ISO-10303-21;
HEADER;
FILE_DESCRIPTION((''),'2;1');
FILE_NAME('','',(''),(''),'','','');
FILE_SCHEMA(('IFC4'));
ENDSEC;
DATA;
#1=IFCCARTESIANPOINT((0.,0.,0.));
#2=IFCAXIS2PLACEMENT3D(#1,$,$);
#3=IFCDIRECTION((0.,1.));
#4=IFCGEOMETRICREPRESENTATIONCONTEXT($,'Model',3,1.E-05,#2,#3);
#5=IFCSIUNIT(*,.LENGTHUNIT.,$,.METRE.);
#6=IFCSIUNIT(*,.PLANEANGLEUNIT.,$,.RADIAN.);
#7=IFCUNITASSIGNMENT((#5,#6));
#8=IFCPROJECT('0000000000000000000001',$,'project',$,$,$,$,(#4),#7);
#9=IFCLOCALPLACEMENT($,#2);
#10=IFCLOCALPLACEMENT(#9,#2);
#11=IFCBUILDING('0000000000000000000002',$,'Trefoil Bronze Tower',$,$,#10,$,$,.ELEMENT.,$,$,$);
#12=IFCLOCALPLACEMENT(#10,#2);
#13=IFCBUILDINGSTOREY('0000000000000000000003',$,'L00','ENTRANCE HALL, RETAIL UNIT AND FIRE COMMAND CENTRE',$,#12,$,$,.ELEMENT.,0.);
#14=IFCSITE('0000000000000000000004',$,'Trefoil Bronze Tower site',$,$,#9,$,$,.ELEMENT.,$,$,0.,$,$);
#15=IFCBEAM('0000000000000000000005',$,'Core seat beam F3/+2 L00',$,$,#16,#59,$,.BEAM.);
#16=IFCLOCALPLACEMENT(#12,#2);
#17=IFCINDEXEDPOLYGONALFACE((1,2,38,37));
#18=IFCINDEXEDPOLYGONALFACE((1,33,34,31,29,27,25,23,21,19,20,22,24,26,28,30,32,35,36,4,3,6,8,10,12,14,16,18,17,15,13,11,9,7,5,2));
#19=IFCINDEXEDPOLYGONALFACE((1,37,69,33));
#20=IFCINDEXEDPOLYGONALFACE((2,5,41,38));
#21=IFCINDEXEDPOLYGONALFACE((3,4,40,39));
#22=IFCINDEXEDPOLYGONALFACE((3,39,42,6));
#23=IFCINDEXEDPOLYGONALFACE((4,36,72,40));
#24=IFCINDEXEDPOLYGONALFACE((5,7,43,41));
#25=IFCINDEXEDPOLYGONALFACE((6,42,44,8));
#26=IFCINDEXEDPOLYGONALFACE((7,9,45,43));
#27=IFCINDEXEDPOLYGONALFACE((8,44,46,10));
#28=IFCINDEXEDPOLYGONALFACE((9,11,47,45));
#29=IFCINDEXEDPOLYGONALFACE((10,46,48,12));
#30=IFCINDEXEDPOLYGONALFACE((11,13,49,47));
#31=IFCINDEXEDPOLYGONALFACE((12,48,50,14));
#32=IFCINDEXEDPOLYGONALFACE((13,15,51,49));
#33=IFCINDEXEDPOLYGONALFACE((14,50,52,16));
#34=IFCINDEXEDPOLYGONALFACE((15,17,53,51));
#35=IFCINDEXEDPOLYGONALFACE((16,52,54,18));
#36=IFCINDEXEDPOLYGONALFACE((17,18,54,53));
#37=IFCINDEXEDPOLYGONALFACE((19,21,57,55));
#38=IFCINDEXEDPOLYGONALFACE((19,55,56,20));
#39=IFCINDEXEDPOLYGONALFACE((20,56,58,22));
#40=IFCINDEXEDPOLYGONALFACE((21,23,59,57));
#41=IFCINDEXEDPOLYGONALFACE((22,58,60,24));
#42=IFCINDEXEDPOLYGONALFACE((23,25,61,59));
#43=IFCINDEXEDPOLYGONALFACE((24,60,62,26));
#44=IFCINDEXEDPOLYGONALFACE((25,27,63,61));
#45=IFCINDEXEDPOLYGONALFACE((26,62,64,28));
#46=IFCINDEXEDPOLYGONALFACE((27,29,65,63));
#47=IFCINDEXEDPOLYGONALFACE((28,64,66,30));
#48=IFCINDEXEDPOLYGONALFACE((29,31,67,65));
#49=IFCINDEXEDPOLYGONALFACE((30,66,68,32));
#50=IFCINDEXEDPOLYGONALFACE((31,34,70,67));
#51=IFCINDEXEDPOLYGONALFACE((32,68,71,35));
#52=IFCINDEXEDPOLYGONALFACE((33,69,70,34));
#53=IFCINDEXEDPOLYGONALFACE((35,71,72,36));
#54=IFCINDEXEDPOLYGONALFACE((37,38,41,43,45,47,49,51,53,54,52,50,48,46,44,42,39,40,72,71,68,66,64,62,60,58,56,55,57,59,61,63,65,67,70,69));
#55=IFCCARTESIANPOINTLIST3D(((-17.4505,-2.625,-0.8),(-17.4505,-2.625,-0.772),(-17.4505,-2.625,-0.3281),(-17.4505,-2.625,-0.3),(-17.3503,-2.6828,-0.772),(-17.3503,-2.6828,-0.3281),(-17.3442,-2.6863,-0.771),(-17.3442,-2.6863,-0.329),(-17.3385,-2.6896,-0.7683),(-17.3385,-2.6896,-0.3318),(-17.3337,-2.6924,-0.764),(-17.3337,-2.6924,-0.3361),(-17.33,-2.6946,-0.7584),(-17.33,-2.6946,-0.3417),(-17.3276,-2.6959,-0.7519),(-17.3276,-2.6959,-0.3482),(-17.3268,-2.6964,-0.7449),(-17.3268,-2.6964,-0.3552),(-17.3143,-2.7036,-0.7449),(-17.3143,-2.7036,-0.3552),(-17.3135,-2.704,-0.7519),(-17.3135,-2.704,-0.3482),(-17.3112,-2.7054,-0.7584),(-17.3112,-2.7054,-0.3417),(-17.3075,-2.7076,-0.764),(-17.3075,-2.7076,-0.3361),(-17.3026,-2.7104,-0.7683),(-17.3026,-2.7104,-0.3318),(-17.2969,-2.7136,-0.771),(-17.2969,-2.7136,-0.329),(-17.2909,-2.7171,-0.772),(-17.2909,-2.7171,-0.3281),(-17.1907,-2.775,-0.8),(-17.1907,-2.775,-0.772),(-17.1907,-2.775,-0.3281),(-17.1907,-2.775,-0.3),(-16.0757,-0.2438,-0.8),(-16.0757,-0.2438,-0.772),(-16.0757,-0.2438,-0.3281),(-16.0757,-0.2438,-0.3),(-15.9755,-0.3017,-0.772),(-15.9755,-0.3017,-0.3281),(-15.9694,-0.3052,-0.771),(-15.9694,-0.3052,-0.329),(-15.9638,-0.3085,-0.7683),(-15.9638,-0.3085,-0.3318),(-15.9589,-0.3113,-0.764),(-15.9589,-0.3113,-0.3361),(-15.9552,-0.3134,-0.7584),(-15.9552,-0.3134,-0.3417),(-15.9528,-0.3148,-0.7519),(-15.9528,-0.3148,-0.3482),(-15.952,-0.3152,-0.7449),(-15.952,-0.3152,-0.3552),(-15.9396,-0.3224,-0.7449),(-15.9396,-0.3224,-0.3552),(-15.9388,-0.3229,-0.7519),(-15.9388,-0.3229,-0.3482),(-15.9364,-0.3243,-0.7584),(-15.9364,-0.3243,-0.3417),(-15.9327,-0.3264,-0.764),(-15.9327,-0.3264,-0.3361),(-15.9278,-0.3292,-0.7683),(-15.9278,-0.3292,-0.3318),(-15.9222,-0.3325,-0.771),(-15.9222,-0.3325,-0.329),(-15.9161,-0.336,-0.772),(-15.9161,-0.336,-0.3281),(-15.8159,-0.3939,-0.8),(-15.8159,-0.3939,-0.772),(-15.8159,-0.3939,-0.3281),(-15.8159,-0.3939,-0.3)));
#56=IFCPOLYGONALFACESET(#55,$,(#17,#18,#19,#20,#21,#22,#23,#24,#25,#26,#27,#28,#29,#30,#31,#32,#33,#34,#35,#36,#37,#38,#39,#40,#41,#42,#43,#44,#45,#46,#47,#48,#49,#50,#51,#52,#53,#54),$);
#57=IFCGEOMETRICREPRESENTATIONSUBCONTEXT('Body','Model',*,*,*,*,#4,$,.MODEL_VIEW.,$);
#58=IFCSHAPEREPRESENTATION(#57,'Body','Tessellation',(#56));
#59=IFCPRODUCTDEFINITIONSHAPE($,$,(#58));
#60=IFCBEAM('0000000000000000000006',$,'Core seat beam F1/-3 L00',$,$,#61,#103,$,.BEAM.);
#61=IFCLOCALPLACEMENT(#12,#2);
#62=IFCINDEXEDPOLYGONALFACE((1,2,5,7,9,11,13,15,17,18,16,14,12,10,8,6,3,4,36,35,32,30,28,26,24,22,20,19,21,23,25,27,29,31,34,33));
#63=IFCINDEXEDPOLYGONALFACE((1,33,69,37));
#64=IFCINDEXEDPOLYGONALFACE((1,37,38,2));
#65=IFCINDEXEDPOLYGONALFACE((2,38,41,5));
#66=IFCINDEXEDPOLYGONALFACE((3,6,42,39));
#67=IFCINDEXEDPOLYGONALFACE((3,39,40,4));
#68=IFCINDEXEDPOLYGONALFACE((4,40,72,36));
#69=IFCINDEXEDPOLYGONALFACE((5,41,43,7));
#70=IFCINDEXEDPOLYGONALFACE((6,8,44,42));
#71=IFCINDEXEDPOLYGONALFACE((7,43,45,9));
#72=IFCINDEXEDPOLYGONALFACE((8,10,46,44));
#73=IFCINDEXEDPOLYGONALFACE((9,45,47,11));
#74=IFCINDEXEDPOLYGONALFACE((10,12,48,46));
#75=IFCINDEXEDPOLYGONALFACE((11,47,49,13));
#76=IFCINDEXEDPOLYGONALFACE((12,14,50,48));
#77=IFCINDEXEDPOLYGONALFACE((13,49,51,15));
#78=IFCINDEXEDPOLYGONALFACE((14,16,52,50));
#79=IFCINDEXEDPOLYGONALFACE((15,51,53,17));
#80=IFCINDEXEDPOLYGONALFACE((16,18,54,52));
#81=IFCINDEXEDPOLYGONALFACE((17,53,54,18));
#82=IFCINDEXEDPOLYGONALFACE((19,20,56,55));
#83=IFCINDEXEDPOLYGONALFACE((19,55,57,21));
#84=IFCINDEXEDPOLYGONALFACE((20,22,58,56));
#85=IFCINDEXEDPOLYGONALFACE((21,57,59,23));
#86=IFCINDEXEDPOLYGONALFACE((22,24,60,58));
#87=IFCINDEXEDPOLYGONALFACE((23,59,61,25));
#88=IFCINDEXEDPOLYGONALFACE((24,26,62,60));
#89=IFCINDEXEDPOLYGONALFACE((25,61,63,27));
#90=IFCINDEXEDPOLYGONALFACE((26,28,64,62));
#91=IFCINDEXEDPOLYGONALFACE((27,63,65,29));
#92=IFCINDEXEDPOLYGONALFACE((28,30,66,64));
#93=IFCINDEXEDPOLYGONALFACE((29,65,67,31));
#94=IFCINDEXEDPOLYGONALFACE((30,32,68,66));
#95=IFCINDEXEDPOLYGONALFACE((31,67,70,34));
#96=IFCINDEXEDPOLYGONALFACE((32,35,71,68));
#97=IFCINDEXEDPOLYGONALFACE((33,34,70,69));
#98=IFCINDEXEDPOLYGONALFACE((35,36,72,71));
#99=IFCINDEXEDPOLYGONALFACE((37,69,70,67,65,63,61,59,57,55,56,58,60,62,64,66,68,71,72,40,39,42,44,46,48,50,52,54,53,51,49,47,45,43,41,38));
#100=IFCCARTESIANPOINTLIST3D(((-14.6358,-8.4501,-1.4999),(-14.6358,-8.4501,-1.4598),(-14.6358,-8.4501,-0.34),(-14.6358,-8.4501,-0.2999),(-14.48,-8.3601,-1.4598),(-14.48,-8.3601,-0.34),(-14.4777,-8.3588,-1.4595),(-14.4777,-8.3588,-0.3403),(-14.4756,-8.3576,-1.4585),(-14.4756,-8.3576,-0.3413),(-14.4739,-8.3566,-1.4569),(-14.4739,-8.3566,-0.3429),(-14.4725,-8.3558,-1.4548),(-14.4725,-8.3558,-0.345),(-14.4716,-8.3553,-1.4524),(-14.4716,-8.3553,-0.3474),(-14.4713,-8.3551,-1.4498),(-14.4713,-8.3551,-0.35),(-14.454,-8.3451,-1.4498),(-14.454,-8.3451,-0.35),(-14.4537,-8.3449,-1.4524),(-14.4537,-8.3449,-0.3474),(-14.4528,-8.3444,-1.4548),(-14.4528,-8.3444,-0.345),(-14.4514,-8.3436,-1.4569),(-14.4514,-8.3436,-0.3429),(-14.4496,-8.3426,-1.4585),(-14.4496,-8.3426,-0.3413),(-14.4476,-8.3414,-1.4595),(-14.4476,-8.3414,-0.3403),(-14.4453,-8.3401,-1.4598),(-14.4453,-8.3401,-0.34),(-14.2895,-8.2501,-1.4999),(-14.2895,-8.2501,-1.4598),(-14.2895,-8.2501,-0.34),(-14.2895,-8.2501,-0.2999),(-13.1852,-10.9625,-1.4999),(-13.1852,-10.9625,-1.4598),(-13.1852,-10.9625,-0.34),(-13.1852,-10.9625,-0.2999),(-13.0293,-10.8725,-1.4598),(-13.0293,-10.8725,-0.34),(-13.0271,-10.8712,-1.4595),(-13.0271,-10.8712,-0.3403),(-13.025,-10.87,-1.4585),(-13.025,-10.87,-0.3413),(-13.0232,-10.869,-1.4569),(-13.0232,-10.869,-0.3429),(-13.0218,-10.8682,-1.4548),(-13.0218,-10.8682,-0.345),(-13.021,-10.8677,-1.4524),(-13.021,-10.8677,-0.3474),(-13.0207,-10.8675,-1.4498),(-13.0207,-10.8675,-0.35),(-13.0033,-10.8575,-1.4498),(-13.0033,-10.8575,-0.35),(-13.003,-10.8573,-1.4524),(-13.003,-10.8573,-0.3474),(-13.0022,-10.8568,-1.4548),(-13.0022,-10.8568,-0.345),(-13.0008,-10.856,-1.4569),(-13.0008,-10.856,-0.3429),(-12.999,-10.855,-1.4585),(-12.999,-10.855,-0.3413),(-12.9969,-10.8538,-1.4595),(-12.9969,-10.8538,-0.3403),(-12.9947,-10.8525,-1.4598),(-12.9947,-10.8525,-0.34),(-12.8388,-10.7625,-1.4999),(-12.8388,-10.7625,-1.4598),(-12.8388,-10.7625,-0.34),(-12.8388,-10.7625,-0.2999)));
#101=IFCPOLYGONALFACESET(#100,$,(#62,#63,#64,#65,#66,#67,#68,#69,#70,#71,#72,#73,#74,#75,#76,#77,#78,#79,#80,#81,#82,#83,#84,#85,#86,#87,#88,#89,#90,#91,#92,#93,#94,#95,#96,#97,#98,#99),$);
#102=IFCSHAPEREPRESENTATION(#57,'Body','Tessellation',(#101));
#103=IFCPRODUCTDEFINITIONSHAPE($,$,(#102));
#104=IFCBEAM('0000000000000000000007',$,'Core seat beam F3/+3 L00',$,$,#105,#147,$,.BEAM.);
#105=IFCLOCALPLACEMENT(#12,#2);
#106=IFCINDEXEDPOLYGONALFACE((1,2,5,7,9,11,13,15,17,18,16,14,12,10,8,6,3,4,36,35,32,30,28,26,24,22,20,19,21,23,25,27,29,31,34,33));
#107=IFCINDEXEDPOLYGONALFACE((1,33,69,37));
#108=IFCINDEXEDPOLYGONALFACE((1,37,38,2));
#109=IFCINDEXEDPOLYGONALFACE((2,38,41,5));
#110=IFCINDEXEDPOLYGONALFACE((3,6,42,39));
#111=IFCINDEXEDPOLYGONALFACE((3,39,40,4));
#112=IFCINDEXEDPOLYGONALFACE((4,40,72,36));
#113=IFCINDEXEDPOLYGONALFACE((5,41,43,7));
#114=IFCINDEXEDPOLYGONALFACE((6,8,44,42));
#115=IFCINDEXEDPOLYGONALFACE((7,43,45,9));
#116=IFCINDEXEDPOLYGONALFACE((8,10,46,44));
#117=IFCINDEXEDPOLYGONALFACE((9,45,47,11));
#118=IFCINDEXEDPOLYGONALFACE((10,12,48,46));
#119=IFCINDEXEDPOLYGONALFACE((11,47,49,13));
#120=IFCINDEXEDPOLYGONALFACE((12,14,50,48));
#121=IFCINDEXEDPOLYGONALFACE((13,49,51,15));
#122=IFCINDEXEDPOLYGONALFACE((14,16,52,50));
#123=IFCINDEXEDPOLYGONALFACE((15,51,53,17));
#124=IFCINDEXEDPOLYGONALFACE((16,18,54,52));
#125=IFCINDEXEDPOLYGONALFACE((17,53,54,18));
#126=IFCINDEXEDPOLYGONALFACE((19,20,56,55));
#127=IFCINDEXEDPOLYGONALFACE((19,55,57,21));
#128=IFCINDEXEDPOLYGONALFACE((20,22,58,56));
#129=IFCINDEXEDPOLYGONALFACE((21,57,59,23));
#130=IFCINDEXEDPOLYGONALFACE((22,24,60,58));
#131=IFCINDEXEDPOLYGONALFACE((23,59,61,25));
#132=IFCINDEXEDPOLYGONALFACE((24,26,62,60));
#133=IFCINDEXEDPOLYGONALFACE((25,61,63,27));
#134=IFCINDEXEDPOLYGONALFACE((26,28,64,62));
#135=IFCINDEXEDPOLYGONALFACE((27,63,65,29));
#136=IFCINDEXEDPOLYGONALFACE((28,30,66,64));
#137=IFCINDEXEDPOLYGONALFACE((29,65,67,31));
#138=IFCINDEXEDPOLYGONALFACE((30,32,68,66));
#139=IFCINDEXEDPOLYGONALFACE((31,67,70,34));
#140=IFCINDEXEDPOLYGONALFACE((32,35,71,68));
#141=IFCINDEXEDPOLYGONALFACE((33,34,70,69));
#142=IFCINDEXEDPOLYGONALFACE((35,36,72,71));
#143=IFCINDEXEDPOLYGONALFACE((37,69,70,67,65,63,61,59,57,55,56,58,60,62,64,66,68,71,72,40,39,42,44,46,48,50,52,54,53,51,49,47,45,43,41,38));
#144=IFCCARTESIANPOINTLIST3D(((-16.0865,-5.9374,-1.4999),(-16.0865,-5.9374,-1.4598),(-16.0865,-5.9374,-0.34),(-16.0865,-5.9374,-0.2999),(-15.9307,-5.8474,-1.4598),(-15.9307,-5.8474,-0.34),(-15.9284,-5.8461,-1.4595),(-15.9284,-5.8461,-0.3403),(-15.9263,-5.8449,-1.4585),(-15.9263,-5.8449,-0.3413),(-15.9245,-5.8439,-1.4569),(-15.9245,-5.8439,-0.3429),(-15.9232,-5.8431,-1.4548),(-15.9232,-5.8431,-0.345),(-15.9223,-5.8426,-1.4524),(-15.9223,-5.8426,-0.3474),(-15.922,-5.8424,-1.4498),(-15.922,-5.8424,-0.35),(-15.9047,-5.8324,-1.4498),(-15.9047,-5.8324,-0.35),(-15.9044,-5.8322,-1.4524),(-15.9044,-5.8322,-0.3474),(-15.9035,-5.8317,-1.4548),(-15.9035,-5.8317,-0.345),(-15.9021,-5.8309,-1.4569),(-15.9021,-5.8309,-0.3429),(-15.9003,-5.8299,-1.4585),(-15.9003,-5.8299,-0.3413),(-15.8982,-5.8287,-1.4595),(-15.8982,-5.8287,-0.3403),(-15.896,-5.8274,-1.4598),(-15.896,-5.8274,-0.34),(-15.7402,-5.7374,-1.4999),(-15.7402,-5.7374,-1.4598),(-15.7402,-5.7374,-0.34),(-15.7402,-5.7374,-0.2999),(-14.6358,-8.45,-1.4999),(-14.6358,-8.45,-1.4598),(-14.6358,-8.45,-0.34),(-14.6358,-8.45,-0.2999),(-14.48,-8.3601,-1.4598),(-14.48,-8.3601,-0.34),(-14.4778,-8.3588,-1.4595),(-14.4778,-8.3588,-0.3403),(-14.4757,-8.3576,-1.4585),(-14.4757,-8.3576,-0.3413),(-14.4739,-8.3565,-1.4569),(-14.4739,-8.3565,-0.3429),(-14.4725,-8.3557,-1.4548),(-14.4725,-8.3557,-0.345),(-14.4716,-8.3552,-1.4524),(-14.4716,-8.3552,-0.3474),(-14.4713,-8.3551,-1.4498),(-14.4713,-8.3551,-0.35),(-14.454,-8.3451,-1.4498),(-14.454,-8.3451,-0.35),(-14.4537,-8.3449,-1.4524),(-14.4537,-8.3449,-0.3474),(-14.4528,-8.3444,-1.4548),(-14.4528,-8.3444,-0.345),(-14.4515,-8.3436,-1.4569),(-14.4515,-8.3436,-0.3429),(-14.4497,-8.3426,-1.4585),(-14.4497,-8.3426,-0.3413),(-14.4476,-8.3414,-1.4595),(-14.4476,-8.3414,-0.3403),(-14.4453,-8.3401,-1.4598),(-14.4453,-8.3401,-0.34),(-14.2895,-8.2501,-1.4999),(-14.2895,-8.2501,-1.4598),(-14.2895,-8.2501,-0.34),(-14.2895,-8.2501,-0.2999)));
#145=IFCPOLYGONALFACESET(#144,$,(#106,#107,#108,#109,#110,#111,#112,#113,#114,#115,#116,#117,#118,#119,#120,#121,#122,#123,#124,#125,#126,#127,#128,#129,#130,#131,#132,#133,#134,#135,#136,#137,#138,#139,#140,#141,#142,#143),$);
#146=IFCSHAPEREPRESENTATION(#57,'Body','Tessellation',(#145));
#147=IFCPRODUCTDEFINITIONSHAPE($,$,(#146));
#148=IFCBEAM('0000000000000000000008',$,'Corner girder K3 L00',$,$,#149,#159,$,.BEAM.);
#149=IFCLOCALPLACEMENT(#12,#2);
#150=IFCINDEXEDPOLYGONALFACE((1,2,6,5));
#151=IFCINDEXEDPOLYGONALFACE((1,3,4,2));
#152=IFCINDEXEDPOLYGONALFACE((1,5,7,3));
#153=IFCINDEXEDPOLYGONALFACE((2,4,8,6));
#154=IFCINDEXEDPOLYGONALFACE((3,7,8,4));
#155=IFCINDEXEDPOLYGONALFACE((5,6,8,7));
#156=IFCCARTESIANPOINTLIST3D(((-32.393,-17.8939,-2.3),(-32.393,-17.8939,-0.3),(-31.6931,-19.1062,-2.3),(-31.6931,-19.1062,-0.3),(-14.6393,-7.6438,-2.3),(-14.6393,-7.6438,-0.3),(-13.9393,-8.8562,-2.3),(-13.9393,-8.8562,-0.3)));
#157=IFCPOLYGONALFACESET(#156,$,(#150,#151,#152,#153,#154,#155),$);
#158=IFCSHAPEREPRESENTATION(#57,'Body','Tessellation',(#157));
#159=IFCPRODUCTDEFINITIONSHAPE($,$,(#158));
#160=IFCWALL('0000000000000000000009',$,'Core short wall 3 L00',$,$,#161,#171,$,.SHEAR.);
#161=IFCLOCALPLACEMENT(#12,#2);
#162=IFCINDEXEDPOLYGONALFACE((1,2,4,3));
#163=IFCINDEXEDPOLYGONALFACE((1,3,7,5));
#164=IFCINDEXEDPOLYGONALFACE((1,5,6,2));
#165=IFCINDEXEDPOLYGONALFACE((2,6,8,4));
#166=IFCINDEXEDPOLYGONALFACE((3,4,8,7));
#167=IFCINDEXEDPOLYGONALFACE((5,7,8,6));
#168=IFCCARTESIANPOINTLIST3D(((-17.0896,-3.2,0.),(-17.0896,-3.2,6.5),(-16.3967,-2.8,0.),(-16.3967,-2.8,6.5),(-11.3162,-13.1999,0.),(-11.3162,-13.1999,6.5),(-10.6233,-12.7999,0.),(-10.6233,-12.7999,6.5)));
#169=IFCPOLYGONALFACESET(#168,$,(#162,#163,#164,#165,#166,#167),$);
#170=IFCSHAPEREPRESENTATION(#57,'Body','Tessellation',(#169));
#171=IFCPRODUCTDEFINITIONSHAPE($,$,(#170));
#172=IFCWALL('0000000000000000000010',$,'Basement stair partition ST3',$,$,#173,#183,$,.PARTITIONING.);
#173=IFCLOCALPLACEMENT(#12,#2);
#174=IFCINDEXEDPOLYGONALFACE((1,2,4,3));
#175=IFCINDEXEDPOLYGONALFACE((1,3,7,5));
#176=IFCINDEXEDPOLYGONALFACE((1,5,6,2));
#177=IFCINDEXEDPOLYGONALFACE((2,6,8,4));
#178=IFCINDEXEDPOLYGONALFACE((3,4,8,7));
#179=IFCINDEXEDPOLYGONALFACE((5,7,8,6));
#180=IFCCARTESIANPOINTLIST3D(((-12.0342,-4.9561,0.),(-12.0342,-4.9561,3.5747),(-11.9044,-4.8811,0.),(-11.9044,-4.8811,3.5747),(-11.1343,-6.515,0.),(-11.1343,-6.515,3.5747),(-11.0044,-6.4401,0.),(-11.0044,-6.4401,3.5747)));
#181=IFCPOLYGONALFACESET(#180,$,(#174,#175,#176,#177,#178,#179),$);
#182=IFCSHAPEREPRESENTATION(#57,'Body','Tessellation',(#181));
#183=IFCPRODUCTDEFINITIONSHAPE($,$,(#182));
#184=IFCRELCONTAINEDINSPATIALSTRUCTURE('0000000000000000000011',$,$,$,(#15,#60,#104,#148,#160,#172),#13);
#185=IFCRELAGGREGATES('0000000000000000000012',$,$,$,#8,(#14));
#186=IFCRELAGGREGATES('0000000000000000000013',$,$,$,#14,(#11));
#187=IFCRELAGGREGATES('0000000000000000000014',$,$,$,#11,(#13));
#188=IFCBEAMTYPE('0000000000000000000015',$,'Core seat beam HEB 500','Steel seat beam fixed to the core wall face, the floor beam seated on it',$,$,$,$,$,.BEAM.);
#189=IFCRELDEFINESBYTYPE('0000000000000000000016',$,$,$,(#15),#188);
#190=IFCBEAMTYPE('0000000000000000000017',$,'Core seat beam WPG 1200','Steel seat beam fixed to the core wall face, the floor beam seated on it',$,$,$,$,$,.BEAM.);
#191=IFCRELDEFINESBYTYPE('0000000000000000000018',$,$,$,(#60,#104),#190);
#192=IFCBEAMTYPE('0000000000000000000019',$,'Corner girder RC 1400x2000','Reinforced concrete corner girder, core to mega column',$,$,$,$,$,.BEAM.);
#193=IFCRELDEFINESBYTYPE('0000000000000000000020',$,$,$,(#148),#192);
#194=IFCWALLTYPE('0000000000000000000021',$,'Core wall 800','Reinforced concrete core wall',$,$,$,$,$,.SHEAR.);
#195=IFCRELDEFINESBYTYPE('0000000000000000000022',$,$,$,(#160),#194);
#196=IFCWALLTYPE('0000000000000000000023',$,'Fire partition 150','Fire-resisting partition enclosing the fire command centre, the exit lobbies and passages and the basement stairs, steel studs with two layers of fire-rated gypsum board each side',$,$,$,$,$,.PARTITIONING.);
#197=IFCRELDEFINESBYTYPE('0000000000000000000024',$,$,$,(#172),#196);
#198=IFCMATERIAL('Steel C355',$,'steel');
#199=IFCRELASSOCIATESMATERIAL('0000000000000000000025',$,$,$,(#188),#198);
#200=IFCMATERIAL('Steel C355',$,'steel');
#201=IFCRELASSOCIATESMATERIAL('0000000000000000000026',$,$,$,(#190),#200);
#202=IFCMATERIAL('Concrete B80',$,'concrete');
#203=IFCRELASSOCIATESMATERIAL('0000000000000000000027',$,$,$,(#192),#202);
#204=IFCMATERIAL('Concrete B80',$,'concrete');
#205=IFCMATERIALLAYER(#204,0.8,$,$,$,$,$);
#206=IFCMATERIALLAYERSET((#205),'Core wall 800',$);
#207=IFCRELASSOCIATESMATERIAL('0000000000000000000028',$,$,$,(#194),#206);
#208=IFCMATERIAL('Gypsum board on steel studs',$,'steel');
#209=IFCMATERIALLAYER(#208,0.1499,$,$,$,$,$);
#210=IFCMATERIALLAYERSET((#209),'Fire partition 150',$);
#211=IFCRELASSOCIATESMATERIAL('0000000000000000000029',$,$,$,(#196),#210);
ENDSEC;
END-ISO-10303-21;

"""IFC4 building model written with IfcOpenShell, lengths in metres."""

from ifc_helpers import new_model, si_unit, direction, frame, frame_2d, origin, origin_2d, place, context, subcontext, project, spatial, rectangle, i_section, extrude, material, layer, layer_set, material_profile, profile_set, type_object, element, save


model = new_model("IFC4")

# Units and contexts
model_context = context("Model", 3, precision=1e-05, world=origin(), true_north=direction((0.0, 1.0)))
body_context = subcontext(model_context, "Body", "Model", "MODEL_VIEW")
ifc_project = project(units=[si_unit("LENGTHUNIT", "METRE"), si_unit("PLANEANGLEUNIT", "RADIAN")], contexts=[model_context])

# Site, building, storey
site_placement = place(None, origin())
site = spatial("IfcSite", under=ifc_project, at=site_placement, Name="Trefoil Bronze Tower site", CompositionType="ELEMENT", RefElevation=0.0)
building_placement = place(site_placement, origin())
building = spatial("IfcBuilding", under=site, at=building_placement, Name="Trefoil Bronze Tower", CompositionType="ELEMENT")
storey_placement = place(building_placement, origin())
storey = spatial("IfcBuildingStorey", under=building, at=storey_placement, Name="L00", Description="ENTRANCE HALL, RETAIL UNIT AND FIRE COMMAND CENTRE", CompositionType="ELEMENT", Elevation=0.0)

# Beams
ifc_material_1 = material(Name="Steel C355", Category="steel")
ifc_material_profile_1 = material_profile(ifc_material_1, i_section(OverallWidth=0.3, OverallDepth=0.5, WebThickness=0.0144, FlangeThickness=0.0281, FilletRadius=0.0271, at=origin_2d()), Name="HEB 500")
ifc_profile_set_1 = profile_set([ifc_material_profile_1], Name="Steel C355")
beam_type_1 = type_object("IfcBeamType", Name="Core seat beam HEB 500", Description="Steel seat beam fixed to the core wall face, the floor beam seated on it", PredefinedType="BEAM", material=ifc_profile_set_1)
beam_1_placement = place(storey_placement, frame((-15.9458, -0.3188, -0.55), z_axis=(-0.500007, -0.866021, 0.0), x_axis=(0.866021, -0.500007, 0.0)))
element("IfcBeam", 1, at=beam_1_placement, inside=storey, type_object=beam_type_1, Name="Core seat beam F3/+2 L00", PredefinedType="BEAM", context=body_context, shape_type="SweptSolid", body=[
    extrude(i_section(OverallWidth=0.3, OverallDepth=0.5, WebThickness=0.0144, FlangeThickness=0.0281, FilletRadius=0.0271, at=origin_2d()), origin(), (0.0, 0.0, 1.0), 2.7495),
])
ifc_material_2 = material(Name="Steel C355", Category="steel")
ifc_material_profile_2 = material_profile(ifc_material_2, i_section(OverallWidth=0.3999, OverallDepth=1.2, WebThickness=0.02, FlangeThickness=0.04, FilletRadius=0.01, at=origin_2d()), Name="WPG 1200")
ifc_profile_set_2 = profile_set([ifc_material_profile_2], Name="Steel C355")
beam_type_2 = type_object("IfcBeamType", Name="Core seat beam WPG 1200", Description="Steel seat beam fixed to the core wall face, the floor beam seated on it", PredefinedType="BEAM", material=ifc_profile_set_2)
beam_2_placement = place(storey_placement, frame((-14.4626, -8.3501, -0.8999), z_axis=(0.500031, -0.866008, 0.0), x_axis=(0.866008, 0.500031, 0.0)))
element("IfcBeam", 2, at=beam_2_placement, inside=storey, type_object=beam_type_2, Name="Core seat beam F1/-3 L00", PredefinedType="BEAM", context=body_context, shape_type="SweptSolid", body=[
    extrude(i_section(OverallWidth=0.3999, OverallDepth=1.2, WebThickness=0.02, FlangeThickness=0.04, FilletRadius=0.01, at=origin_2d()), origin(), (0.0, 0.0, 1.0), 2.9011),
])
beam_3_placement = place(storey_placement, frame((-15.9133, -5.8374, -0.8999), z_axis=(0.499994, -0.866029, 0.0), x_axis=(0.866029, 0.499994, 0.0)))
element("IfcBeam", 3, at=beam_3_placement, inside=storey, type_object=beam_type_2, Name="Core seat beam F3/+3 L00", PredefinedType="BEAM", context=body_context, shape_type="SweptSolid", body=[
    extrude(i_section(OverallWidth=0.3999, OverallDepth=1.2, WebThickness=0.02, FlangeThickness=0.04, FilletRadius=0.01, at=origin_2d()), origin(), (0.0, 0.0, 1.0), 2.9014),
])
ifc_material_3 = material(Name="Concrete B80", Category="concrete")
ifc_material_profile_3 = material_profile(ifc_material_3, rectangle(XDim=1.3999, YDim=2.0, at=origin_2d()), Name="RC 1400x2000")
ifc_profile_set_3 = profile_set([ifc_material_profile_3], Name="Concrete B80")
beam_type_3 = type_object("IfcBeamType", Name="Corner girder RC 1400x2000", Description="Reinforced concrete corner girder, core to mega column", PredefinedType="BEAM", material=ifc_profile_set_3)
beam_4_placement = place(storey_placement, frame((-14.2893, -8.25, -1.3), z_axis=(-0.866027, -0.499997, 0.0), x_axis=(0.499997, -0.866027, 0.0)))
element("IfcBeam", 4, at=beam_4_placement, inside=storey, type_object=beam_type_3, Name="Corner girder K3 L00", PredefinedType="BEAM", context=body_context, shape_type="SweptSolid", body=[
    extrude(rectangle(XDim=1.3999, YDim=2.0, at=origin_2d()), origin(), (0.0, 0.0, 1.0), 20.5002),
])

# Walls
ifc_material_4 = material(Name="Concrete B80", Category="concrete")
ifc_layer_1 = layer(ifc_material_4, 0.8)
ifc_layer_set_1 = layer_set([ifc_layer_1], Name="Core wall 800")
wall_type_1 = type_object("IfcWallType", Name="Core wall 800", Description="Reinforced concrete core wall", PredefinedType="SHEAR", material=ifc_layer_set_1)
wall_1_placement = place(storey_placement, frame((-16.7432, -3.0, 0.0), z_axis=(0.0, 0.0, 1.0), x_axis=(0.499996, -0.866028, 0.0)))
element("IfcWall", 5, at=wall_1_placement, inside=storey, type_object=wall_type_1, Name="Core short wall 3 L00", PredefinedType="SHEAR", context=body_context, shape_type="SweptSolid", body=[
    extrude(rectangle(XDim=11.5469, YDim=0.8, at=frame_2d((5.7734, 0.0))), origin(), (0.0, 0.0, 1.0), 6.5),
])
ifc_material_5 = material(Name="Gypsum board on steel studs", Category="steel")
ifc_layer_2 = layer(ifc_material_5, 0.1499)
ifc_layer_set_2 = layer_set([ifc_layer_2], Name="Fire partition 150")
wall_type_2 = type_object("IfcWallType", Name="Fire partition 150", Description="Fire-resisting partition enclosing the fire command centre, the exit lobbies and passages and the basement stairs, steel studs with two layers of fire-rated gypsum board each side", PredefinedType="PARTITIONING", material=ifc_layer_set_2)
wall_2_placement = place(storey_placement, frame((-11.9692, -4.9187, 0.0), z_axis=(0.0, 0.0, 1.0), x_axis=(0.499961, -0.866048, 0.0)))
element("IfcWall", 6, at=wall_2_placement, inside=storey, type_object=wall_type_2, Name="Basement stair partition ST3", PredefinedType="PARTITIONING", context=body_context, shape_type="SweptSolid", body=[
    extrude(rectangle(XDim=1.8, YDim=0.1499, at=frame_2d((0.8999, 0.0))), origin(), (0.0, 0.0, 1.0), 3.5747),
])

save(model, "model.ifc")
